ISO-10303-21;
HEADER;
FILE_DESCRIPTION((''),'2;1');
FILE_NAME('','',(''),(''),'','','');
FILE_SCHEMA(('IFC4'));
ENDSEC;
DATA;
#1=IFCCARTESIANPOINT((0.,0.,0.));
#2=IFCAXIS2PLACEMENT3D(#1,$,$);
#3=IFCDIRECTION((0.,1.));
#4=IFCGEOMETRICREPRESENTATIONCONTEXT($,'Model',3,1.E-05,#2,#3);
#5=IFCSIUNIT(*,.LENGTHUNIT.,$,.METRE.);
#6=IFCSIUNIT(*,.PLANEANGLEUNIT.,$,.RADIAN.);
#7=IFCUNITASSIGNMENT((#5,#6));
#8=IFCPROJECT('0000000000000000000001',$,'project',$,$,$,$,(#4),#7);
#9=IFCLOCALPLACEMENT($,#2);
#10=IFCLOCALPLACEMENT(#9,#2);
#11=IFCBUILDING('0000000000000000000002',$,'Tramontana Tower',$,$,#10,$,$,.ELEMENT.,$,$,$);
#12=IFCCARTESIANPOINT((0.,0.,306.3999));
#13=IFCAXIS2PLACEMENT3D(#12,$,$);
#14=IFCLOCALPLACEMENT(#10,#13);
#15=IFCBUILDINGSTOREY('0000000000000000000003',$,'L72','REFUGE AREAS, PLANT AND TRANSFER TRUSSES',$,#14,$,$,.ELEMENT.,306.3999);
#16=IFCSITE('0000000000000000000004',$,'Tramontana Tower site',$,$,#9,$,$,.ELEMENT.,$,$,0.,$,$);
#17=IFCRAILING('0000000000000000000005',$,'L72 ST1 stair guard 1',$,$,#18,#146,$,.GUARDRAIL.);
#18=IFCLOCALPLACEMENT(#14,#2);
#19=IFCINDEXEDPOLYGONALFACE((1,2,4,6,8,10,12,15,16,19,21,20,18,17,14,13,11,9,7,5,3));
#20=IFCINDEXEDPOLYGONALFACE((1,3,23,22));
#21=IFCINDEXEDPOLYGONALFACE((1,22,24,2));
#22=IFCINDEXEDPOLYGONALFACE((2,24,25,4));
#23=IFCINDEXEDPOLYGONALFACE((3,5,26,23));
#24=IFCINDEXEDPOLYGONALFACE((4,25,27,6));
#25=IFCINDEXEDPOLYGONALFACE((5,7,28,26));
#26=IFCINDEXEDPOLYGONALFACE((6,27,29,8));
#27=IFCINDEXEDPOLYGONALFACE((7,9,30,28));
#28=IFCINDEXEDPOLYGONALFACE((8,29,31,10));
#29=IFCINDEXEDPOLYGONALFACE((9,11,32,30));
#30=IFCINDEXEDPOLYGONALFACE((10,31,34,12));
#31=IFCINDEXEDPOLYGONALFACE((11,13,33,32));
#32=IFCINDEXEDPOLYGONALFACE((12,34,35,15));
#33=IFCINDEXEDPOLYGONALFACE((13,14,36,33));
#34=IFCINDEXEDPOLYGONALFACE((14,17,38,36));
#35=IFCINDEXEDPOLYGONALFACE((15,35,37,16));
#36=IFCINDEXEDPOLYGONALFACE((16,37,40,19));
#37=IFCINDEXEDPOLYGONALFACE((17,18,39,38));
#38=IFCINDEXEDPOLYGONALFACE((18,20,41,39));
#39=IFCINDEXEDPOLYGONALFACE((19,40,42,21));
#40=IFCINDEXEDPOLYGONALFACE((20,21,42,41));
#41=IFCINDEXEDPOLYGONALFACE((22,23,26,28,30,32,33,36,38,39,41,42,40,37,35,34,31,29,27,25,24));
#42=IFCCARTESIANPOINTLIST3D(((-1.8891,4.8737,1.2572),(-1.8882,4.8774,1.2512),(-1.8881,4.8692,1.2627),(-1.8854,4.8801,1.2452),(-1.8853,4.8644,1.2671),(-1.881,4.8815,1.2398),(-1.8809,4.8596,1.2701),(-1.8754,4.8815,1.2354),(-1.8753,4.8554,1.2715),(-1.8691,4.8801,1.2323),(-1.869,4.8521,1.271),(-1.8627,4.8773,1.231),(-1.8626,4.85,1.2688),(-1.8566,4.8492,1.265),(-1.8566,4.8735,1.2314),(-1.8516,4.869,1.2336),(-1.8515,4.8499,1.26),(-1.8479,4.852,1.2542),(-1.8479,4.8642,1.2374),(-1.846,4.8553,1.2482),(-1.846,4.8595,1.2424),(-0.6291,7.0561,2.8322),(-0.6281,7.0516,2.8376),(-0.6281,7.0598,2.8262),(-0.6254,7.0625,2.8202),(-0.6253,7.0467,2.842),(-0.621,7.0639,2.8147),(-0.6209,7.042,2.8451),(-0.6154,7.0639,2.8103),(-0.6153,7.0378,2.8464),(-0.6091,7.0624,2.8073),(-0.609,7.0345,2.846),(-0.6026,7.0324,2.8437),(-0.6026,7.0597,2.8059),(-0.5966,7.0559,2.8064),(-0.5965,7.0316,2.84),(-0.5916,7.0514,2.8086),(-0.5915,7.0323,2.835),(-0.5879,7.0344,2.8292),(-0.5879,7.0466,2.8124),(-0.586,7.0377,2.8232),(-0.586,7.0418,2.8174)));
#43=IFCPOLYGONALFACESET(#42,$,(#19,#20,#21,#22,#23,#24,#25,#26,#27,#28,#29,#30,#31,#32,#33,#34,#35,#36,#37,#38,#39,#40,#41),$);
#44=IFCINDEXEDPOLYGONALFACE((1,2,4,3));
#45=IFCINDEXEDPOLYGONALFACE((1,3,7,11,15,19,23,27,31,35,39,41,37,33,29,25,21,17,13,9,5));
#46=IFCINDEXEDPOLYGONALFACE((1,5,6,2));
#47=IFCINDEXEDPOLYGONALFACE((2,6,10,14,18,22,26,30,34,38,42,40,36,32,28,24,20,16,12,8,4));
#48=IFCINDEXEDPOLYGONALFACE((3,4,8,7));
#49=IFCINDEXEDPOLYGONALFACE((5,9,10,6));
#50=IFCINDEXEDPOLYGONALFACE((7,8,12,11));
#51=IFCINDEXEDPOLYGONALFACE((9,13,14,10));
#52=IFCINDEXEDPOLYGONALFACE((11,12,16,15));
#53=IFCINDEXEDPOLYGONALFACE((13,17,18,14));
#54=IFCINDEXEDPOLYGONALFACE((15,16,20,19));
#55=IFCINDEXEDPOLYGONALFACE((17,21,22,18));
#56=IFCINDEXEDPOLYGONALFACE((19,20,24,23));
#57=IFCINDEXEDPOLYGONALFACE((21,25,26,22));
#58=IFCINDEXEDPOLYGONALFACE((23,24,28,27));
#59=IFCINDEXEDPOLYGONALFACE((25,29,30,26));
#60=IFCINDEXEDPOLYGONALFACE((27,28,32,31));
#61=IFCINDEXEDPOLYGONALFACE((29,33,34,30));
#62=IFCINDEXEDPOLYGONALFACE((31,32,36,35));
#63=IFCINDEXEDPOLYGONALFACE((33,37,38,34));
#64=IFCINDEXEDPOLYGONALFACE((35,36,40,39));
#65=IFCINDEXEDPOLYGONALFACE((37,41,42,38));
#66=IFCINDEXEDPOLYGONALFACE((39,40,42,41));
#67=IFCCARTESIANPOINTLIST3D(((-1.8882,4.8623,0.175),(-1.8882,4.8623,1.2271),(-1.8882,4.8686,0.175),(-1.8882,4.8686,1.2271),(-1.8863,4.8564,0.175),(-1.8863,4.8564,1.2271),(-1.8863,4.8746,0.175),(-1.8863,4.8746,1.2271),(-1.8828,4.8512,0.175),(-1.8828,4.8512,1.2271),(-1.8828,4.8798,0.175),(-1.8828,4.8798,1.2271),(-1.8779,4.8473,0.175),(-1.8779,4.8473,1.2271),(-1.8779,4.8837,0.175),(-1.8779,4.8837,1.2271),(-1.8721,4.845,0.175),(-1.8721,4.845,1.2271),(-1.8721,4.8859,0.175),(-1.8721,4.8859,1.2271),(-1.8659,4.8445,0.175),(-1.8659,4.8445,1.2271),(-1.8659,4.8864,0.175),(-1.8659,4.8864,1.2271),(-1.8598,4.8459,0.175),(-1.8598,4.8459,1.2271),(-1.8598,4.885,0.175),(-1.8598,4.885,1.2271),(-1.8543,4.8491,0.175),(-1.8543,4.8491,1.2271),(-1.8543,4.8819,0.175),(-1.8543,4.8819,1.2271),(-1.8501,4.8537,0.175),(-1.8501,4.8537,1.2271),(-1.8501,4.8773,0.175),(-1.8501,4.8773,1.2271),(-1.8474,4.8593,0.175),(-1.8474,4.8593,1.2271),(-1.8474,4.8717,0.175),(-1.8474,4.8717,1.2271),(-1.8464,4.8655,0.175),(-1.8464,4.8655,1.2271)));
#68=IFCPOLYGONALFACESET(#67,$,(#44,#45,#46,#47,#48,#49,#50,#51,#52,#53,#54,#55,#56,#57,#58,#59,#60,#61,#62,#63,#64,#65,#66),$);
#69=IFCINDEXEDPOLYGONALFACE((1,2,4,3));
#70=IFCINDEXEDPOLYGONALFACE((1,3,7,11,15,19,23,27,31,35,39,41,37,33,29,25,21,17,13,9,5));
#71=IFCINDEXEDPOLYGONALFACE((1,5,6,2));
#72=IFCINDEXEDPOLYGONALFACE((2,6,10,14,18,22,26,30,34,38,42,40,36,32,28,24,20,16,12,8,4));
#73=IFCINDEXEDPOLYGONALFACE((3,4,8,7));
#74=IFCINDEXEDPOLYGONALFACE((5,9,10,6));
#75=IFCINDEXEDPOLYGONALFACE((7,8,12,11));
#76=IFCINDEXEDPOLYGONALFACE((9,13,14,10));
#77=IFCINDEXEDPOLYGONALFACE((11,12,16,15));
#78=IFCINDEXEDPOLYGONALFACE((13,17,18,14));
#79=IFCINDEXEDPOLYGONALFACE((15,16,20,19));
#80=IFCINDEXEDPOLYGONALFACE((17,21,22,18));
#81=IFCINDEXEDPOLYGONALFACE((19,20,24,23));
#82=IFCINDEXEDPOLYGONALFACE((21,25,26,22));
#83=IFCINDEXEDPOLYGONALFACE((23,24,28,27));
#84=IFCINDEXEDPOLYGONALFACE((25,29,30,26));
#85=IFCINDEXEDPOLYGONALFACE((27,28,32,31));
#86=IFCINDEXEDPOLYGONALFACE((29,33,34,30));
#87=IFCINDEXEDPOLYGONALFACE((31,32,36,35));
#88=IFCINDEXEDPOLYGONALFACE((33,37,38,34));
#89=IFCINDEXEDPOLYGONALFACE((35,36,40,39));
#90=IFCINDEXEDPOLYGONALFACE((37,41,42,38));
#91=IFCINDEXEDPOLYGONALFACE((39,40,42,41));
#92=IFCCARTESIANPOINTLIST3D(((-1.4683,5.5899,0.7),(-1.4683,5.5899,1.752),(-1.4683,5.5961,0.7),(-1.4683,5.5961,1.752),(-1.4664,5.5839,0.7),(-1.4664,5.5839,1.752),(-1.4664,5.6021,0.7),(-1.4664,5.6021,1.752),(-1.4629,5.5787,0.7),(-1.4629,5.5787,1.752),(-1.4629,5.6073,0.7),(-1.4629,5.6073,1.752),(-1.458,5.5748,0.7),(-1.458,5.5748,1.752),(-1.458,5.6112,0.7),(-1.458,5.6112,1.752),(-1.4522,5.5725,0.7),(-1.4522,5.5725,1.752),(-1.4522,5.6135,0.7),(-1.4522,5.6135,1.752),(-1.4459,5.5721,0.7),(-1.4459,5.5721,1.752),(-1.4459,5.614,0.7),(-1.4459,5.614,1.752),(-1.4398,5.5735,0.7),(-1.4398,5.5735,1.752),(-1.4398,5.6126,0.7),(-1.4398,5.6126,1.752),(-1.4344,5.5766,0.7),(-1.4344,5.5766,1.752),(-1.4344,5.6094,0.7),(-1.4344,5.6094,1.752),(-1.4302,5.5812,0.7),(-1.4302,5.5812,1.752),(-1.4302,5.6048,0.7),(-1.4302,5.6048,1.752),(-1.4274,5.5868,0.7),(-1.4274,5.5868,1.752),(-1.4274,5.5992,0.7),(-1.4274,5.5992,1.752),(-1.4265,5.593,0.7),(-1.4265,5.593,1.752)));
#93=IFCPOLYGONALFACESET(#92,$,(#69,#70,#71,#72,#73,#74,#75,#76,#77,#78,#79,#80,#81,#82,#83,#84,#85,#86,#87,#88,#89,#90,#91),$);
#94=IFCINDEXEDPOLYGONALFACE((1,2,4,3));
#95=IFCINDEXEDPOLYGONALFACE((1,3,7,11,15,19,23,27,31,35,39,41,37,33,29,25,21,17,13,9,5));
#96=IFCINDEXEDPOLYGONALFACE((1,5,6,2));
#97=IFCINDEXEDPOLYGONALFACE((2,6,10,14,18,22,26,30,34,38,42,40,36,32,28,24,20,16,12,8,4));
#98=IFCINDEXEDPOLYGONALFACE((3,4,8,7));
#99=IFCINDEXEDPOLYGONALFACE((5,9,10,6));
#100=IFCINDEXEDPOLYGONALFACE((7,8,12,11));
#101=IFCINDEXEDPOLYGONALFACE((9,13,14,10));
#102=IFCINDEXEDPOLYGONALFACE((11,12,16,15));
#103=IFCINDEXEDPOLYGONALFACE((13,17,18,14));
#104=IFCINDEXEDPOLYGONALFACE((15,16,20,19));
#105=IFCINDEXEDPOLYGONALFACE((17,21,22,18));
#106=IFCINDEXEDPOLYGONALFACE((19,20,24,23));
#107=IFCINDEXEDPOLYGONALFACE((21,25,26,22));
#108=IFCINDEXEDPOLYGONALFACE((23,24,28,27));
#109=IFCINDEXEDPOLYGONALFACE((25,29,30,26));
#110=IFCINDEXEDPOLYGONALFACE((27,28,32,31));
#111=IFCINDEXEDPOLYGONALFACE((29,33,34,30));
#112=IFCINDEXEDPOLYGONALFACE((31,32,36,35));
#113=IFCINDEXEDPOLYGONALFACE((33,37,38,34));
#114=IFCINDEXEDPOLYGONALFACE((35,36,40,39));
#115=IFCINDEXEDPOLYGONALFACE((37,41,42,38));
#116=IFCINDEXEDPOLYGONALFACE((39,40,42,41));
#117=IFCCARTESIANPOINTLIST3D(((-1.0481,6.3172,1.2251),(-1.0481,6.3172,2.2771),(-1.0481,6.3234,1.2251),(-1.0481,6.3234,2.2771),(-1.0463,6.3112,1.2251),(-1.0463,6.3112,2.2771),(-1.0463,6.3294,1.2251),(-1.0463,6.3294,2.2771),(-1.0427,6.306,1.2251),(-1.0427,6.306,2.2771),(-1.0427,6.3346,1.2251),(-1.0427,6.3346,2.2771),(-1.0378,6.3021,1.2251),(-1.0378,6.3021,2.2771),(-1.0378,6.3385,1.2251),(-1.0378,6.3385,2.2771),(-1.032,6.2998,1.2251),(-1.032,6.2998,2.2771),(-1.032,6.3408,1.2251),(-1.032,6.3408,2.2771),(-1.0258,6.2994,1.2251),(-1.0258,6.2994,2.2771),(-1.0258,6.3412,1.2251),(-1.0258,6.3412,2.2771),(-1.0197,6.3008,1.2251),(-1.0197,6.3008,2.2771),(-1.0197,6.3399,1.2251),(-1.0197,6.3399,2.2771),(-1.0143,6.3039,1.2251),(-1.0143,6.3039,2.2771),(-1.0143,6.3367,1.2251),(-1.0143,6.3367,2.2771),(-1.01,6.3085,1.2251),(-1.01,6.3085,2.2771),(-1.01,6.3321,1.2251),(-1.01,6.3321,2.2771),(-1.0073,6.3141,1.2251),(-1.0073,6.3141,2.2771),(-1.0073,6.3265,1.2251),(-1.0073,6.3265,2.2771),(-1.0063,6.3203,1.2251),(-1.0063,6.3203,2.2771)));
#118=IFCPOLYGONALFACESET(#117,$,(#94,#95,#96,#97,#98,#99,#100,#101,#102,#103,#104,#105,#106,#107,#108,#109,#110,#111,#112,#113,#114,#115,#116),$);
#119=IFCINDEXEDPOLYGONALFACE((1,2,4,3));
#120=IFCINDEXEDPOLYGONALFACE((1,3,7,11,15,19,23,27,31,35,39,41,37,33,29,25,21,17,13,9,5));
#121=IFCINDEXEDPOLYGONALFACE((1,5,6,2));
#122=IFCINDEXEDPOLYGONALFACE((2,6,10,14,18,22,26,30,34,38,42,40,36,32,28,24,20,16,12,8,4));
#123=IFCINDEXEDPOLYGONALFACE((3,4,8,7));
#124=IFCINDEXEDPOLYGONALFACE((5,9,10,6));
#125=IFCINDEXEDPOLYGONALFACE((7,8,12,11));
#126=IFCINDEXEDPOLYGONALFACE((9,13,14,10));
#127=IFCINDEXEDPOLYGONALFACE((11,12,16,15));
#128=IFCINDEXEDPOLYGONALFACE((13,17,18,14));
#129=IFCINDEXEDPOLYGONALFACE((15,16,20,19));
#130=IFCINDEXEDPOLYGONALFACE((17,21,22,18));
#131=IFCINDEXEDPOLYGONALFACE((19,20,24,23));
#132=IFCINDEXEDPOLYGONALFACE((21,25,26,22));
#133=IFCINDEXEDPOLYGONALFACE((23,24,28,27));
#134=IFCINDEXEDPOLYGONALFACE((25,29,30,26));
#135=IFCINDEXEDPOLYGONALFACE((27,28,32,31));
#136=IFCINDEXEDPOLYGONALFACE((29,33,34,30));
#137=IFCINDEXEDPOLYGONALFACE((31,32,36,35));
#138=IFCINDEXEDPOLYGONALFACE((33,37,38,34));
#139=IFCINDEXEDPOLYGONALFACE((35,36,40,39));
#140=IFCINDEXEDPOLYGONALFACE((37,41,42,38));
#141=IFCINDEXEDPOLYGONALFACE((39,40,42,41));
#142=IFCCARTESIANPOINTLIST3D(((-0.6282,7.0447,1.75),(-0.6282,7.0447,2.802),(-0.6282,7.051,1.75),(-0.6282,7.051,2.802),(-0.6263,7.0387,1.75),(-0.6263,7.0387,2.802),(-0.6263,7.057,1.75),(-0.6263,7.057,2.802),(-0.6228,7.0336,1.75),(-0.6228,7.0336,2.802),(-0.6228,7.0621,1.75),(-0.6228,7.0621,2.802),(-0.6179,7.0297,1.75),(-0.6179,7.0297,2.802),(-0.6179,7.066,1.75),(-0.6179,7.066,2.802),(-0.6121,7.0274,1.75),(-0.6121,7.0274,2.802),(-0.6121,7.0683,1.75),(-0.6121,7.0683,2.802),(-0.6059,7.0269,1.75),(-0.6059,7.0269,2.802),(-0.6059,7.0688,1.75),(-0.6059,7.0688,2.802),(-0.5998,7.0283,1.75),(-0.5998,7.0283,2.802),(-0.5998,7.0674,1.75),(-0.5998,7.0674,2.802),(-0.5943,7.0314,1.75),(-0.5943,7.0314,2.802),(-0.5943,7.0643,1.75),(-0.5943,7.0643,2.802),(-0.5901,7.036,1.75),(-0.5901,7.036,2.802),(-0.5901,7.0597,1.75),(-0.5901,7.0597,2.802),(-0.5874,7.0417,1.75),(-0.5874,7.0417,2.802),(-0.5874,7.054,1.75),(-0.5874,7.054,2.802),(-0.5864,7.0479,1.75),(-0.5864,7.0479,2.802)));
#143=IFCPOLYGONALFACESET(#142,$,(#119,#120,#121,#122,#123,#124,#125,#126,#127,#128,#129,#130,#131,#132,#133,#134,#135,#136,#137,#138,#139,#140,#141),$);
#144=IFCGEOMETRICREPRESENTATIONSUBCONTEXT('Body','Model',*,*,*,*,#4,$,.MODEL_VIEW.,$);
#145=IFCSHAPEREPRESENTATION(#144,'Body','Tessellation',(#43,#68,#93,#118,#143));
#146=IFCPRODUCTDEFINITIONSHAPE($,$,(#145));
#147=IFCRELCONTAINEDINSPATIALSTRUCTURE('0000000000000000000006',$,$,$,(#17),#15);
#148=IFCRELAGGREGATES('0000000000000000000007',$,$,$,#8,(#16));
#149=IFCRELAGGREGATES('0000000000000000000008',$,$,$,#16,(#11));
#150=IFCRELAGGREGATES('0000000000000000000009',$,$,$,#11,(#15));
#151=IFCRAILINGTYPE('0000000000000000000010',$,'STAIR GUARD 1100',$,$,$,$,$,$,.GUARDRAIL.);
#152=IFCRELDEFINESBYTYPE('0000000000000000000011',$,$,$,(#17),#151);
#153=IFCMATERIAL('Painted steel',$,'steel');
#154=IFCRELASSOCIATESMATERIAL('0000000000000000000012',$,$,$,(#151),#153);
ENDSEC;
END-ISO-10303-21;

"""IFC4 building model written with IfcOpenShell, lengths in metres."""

from ifc_helpers import new_model, si_unit, direction, frame, origin, origin_2d, place, context, subcontext, project, spatial, circle, extrude, material, type_object, element, save


model = new_model("IFC4")

# Units and contexts
model_context = context("Model", 3, precision=1e-05, world=origin(), true_north=direction((0.0, 1.0)))
body_context = subcontext(model_context, "Body", "Model", "MODEL_VIEW")
ifc_project = project(units=[si_unit("LENGTHUNIT", "METRE"), si_unit("PLANEANGLEUNIT", "RADIAN")], contexts=[model_context])

# Site, building, storey
site_placement = place(None, origin())
site = spatial("IfcSite", under=ifc_project, at=site_placement, Name="Tramontana Tower site", CompositionType="ELEMENT", RefElevation=0.0)
building_placement = place(site_placement, origin())
building = spatial("IfcBuilding", under=site, at=building_placement, Name="Tramontana Tower", CompositionType="ELEMENT")
storey_placement = place(building_placement, frame((0.0, 0.0, 306.3999)))
storey = spatial("IfcBuildingStorey", under=building, at=storey_placement, Name="L72", Description="REFUGE AREAS, PLANT AND TRANSFER TRUSSES", CompositionType="ELEMENT", Elevation=306.3999)

# Railing
ifc_material_1 = material(Name="Painted steel", Category="steel")
railing_type_1 = type_object("IfcRailingType", Name="STAIR GUARD 1100", PredefinedType="GUARDRAIL", material=ifc_material_1)
railing_1_placement = place(storey_placement, frame((-1.8674, 4.8655, 0.175)))
element("IfcRailing", 1, at=railing_1_placement, inside=storey, type_object=railing_type_1, Name="L72 ST1 stair guard 1", PredefinedType="GUARDRAIL", context=body_context, shape_type="SweptSolid", body=[
    extrude(circle(Radius=0.0239, at=origin_2d()), frame((0.0, 0.0, 1.0762), z_axis=(0.424007, 0.734392, 0.529988), x_axis=(-0.866023, 0.500005, 0.0)), (0.0, 0.0, 1.0), 2.9717),
    extrude(circle(Radius=0.021, at=origin_2d()), origin(), (0.0, 0.0, 1.0), 1.052),
    extrude(circle(Radius=0.021, at=origin_2d()), frame((0.4199, 0.7275, 0.5249)), (0.0, 0.0, 1.0), 1.052),
    extrude(circle(Radius=0.021, at=origin_2d()), frame((0.8401, 1.4548, 1.05)), (0.0, 0.0, 1.0), 1.052),
    extrude(circle(Radius=0.021, at=origin_2d()), frame((1.26, 2.1824, 1.575)), (0.0, 0.0, 1.0), 1.052),
])

save(model, "model.ifc")
